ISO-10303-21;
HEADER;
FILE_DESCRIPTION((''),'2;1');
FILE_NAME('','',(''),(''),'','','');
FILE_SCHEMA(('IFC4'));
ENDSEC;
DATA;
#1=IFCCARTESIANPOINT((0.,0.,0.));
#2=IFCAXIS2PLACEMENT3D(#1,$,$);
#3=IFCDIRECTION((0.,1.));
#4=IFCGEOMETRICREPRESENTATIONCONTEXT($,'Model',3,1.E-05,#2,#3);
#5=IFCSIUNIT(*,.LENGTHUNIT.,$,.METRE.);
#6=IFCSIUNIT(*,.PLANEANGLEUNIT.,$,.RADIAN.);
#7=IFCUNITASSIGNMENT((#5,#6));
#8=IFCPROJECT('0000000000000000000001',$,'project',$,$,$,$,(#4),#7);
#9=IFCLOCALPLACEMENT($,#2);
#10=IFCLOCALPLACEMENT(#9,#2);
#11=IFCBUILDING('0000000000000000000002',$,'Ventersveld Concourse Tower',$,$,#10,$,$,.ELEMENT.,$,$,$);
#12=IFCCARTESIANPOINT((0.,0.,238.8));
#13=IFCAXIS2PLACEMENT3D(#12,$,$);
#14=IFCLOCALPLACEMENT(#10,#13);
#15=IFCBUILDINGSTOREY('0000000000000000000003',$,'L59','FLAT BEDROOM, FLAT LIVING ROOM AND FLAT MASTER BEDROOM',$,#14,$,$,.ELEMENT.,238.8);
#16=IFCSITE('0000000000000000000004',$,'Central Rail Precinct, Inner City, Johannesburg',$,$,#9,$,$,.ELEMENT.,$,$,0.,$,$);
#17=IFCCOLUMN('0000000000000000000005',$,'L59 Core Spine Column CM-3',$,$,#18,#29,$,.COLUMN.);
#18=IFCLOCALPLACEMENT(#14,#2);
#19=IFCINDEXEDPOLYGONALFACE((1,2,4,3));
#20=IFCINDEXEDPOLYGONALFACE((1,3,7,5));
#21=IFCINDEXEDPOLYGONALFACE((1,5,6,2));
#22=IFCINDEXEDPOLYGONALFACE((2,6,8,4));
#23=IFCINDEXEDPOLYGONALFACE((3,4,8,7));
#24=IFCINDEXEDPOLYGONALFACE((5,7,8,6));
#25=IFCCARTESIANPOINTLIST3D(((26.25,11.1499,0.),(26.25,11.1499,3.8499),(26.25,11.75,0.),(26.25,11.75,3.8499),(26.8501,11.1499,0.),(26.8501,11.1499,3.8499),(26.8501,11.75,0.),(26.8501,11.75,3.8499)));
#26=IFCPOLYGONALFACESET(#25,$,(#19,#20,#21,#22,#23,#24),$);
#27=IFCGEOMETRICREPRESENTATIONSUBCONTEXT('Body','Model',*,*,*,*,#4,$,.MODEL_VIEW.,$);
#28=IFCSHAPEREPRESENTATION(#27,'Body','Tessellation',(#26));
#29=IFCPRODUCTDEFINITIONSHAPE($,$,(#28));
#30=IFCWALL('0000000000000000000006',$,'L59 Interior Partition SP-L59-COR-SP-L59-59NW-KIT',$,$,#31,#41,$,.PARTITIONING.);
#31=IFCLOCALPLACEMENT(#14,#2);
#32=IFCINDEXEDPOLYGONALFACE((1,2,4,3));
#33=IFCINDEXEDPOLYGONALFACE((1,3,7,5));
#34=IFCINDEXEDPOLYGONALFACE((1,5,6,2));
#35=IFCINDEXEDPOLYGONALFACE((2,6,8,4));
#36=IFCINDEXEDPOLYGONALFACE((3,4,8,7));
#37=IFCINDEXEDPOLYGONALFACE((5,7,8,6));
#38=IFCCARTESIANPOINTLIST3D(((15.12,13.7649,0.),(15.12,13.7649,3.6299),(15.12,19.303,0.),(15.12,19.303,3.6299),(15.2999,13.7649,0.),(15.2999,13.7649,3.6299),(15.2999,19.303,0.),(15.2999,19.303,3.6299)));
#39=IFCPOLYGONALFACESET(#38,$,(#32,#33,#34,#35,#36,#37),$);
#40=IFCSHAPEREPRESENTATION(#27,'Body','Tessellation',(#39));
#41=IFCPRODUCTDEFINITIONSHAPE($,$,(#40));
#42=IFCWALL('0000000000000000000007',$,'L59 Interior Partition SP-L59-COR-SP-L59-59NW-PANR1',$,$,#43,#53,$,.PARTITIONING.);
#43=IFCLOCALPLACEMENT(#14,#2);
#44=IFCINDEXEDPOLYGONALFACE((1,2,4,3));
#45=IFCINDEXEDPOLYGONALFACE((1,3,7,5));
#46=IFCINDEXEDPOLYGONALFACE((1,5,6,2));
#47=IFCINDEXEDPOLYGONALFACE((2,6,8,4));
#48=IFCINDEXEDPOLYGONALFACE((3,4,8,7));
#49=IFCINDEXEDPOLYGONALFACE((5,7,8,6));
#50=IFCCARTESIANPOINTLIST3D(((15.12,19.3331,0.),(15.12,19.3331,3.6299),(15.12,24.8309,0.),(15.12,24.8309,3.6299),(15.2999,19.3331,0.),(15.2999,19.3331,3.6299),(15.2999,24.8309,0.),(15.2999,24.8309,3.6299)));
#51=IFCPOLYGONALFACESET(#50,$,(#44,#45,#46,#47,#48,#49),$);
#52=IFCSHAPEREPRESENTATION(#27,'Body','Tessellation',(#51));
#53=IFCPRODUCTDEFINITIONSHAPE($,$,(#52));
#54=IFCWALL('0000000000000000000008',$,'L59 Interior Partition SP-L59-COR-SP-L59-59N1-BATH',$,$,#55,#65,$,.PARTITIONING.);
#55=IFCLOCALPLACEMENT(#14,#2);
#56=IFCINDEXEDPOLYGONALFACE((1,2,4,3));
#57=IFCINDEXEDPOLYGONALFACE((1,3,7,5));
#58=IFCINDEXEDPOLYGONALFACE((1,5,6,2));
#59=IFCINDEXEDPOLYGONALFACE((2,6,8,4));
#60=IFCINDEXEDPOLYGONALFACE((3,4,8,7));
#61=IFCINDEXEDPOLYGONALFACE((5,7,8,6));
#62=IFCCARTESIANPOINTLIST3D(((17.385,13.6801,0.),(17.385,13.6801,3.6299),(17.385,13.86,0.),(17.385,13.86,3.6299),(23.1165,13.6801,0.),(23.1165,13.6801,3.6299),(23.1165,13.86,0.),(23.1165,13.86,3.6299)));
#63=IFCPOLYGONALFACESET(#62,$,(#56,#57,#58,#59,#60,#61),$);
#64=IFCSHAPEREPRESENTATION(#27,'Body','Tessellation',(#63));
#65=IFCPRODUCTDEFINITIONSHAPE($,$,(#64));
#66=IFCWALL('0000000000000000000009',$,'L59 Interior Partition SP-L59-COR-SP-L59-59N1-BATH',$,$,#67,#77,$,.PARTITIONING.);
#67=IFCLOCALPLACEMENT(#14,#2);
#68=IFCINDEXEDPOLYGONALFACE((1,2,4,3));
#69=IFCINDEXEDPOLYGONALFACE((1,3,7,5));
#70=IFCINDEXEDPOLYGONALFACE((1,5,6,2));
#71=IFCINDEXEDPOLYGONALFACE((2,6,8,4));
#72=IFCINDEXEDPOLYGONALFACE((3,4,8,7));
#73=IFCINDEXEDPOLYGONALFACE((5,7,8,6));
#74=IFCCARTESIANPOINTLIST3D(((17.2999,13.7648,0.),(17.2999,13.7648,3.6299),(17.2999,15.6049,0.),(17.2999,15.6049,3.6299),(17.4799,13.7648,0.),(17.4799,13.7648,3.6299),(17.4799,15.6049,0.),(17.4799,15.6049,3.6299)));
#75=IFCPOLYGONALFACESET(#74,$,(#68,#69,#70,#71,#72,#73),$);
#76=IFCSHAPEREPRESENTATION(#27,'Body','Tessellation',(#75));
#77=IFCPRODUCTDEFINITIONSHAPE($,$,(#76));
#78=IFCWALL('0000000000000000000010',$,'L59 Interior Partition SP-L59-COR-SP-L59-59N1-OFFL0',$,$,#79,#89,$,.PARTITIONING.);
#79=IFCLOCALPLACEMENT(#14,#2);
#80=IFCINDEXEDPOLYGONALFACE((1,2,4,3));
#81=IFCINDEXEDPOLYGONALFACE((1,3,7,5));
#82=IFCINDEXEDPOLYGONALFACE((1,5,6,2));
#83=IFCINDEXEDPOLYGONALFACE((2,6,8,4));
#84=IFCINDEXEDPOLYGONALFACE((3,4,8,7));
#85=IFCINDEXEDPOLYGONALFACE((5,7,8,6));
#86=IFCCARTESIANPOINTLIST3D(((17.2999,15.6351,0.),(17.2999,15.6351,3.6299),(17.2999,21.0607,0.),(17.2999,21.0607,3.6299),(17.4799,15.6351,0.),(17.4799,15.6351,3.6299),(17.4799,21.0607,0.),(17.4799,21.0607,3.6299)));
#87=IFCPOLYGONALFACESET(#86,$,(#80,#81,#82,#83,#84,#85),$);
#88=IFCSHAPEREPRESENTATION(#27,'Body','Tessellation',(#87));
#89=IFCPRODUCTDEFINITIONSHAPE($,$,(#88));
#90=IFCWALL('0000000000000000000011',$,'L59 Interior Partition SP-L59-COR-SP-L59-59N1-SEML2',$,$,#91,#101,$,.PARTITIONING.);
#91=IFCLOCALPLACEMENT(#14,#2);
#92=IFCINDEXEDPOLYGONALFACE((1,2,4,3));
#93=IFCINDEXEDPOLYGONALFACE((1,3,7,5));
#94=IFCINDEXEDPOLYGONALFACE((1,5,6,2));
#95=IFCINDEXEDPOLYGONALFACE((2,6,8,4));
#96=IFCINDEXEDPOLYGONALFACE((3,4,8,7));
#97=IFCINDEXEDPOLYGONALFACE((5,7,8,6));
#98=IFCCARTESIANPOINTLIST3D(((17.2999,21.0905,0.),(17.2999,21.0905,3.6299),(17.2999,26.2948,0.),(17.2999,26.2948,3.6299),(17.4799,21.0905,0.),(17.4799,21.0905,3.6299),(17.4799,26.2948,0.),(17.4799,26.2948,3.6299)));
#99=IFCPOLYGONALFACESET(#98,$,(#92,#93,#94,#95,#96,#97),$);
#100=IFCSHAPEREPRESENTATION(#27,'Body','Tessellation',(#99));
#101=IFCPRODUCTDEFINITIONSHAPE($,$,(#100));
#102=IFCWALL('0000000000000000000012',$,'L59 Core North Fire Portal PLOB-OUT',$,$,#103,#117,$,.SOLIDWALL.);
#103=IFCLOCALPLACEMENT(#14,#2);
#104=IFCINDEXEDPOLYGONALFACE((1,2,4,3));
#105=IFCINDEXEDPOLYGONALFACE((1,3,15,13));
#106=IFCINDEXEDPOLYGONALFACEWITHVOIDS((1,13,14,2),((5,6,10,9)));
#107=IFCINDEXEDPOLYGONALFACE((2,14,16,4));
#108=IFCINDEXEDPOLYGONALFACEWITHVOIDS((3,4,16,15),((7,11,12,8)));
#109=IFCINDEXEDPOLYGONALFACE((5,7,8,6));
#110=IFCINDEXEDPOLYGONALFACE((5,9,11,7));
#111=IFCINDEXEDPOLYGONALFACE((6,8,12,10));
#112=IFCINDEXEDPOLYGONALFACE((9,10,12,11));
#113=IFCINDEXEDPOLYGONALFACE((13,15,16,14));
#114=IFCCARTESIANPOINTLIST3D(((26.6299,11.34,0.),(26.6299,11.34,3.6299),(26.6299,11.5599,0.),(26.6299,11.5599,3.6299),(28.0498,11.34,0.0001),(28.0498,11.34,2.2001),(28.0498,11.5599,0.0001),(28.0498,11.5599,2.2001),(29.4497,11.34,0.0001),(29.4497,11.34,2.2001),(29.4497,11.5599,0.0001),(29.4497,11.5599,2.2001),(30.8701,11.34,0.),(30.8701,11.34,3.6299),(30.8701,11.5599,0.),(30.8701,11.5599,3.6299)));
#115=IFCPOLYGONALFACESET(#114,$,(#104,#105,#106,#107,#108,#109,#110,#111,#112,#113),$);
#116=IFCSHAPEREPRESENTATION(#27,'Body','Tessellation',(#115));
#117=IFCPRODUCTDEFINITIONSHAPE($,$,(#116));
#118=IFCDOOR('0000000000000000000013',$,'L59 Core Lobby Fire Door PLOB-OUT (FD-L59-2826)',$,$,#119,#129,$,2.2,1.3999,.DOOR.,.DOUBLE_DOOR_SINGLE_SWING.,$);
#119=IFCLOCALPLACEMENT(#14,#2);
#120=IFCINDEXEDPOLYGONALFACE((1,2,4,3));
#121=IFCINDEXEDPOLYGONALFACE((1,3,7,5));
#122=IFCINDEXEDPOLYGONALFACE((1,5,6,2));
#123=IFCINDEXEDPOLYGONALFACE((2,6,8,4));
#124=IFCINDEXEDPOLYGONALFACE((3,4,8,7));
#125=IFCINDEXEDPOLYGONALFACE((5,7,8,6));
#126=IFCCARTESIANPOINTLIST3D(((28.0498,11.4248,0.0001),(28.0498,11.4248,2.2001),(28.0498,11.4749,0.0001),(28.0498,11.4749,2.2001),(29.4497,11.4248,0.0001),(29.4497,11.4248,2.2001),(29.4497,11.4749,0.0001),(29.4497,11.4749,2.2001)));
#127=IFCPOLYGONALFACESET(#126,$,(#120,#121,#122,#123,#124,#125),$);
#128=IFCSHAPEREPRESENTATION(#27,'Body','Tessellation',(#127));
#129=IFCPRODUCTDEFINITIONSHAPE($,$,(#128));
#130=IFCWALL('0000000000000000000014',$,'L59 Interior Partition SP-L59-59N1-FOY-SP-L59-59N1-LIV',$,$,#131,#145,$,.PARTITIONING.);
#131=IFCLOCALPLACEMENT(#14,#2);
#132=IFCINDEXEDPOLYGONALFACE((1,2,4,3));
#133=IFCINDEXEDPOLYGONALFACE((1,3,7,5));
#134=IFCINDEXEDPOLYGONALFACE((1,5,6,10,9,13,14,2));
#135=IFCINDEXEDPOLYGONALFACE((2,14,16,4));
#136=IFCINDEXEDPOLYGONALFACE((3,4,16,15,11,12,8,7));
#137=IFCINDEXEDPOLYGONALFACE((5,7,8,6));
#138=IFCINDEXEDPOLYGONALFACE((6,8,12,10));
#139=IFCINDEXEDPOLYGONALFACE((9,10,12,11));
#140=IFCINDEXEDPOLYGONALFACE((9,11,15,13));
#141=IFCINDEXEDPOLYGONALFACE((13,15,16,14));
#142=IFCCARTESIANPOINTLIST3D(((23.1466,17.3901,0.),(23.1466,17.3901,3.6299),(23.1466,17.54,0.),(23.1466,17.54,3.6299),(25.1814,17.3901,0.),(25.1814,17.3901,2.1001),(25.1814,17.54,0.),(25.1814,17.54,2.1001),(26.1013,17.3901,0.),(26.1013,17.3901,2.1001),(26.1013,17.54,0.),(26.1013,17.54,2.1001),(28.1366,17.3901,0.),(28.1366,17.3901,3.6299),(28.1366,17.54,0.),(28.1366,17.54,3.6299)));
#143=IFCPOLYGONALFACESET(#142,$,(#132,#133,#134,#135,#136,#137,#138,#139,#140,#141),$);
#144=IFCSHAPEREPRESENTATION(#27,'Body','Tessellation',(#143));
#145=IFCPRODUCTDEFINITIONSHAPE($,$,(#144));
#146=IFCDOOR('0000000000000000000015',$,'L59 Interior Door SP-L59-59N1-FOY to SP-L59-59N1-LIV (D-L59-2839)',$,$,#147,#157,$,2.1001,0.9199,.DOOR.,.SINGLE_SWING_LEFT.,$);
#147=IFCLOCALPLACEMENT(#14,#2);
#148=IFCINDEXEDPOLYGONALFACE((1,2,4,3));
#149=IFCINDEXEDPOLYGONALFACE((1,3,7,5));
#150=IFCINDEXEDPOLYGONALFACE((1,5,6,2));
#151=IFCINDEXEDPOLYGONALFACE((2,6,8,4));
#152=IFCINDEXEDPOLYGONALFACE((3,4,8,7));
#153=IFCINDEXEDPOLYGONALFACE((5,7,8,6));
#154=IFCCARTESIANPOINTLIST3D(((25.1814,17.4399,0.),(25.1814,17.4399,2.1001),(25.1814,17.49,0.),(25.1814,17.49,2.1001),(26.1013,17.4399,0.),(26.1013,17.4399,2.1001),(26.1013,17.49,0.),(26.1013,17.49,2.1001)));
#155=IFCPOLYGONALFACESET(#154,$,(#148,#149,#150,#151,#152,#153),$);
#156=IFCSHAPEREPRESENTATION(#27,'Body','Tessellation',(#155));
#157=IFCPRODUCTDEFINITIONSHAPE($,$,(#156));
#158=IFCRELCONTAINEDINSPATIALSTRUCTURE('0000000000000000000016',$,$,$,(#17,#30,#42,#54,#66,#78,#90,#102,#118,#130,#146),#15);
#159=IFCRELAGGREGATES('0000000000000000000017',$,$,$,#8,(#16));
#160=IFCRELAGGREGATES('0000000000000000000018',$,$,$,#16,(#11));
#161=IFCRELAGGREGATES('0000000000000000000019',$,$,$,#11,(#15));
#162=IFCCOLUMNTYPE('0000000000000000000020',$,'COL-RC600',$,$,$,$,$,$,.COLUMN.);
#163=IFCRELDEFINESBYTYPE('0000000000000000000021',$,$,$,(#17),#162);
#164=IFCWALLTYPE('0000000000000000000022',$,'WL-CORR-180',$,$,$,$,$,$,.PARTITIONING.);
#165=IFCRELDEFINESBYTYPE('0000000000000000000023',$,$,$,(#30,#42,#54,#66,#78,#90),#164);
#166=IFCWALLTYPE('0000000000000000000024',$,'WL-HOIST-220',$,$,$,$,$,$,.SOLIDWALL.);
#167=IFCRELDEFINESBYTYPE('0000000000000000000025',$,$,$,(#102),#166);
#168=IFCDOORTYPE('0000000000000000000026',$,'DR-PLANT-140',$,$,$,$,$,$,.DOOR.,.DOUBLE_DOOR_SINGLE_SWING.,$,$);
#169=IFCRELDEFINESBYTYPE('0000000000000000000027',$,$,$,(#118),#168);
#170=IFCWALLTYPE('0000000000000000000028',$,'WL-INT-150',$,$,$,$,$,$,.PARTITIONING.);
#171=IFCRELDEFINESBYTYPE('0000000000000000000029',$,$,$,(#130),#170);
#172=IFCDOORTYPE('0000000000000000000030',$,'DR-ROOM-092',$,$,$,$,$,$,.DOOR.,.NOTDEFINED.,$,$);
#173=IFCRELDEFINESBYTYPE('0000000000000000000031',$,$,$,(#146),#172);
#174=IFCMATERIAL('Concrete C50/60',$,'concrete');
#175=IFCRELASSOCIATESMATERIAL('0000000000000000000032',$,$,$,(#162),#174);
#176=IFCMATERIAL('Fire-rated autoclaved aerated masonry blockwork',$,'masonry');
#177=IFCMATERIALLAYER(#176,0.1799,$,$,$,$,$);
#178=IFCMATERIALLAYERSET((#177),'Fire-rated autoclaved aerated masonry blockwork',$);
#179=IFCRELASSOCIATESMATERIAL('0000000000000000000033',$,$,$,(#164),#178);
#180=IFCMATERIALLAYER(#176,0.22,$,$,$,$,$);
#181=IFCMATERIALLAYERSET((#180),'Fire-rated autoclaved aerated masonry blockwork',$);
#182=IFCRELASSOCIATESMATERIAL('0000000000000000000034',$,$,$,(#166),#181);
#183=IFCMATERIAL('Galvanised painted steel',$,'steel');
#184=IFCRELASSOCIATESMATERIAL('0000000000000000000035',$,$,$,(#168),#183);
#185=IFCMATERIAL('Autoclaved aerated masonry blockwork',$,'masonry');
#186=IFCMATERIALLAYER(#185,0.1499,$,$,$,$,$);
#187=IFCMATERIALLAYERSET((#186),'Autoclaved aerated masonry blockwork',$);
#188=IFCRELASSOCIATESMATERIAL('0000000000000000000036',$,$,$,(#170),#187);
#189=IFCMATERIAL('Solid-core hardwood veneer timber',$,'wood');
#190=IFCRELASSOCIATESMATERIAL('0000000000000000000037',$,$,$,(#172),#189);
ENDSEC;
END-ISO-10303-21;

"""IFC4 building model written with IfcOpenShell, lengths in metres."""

from ifc_helpers import new_model, si_unit, direction, frame, frame_2d, origin, origin_2d, place, context, subcontext, project, spatial, rectangle, extrude, material, layer, layer_set, material_profile, profile_set, type_object, element, fill, save


model = new_model("IFC4")

# Units and contexts
model_context = context("Model", 3, precision=1e-05, world=origin(), true_north=direction((0.0, 1.0)))
body_context = subcontext(model_context, "Body", "Model", "MODEL_VIEW")
ifc_project = project(units=[si_unit("LENGTHUNIT", "METRE"), si_unit("PLANEANGLEUNIT", "RADIAN")], contexts=[model_context])

# Site, building, storey
site_placement = place(None, origin())
site = spatial("IfcSite", under=ifc_project, at=site_placement, Name="Central Rail Precinct, Inner City, Johannesburg", CompositionType="ELEMENT", RefElevation=0.0)
building_placement = place(site_placement, origin())
building = spatial("IfcBuilding", under=site, at=building_placement, Name="Ventersveld Concourse Tower", CompositionType="ELEMENT")
storey_placement = place(building_placement, frame((0.0, 0.0, 238.8)))
storey = spatial("IfcBuildingStorey", under=building, at=storey_placement, Name="L59", Description="FLAT BEDROOM, FLAT LIVING ROOM AND FLAT MASTER BEDROOM", CompositionType="ELEMENT", Elevation=238.8)

# Column
ifc_material_1 = material(Name="Concrete C50/60", Category="concrete")
ifc_material_profile = material_profile(ifc_material_1, rectangle(XDim=0.6001, YDim=0.6001, at=origin_2d()), Name="RC 600x600")
ifc_profile_set = profile_set([ifc_material_profile], Name="Concrete C50/60")
column_type = type_object("IfcColumnType", Name="COL-RC600", PredefinedType="COLUMN", material=ifc_profile_set)
column_placement = place(storey_placement, frame((26.55, 11.45, 0.0), z_axis=(0.0, 0.0, 1.0), x_axis=(1.0, 0.0, 0.0)))
element("IfcColumn", 1, at=column_placement, inside=storey, type_object=column_type, Name="L59 Core Spine Column CM-3", PredefinedType="COLUMN", context=body_context, shape_type="SweptSolid", body=[
    extrude(rectangle(XDim=0.6001, YDim=0.6001, at=origin_2d()), origin(), (0.0, 0.0, 1.0), 3.8499),
])

# Walls
ifc_material_2 = material(Name="Fire-rated autoclaved aerated masonry blockwork", Category="masonry")
ifc_layer_1 = layer(ifc_material_2, 0.1799)
ifc_layer_set_1 = layer_set([ifc_layer_1], Name="Fire-rated autoclaved aerated masonry blockwork")
wall_type_1 = type_object("IfcWallType", Name="WL-CORR-180", PredefinedType="PARTITIONING", material=ifc_layer_set_1)
wall_1_placement = place(storey_placement, frame((15.21, 13.7649, 0.0), z_axis=(0.0, 0.0, 1.0), x_axis=(0.0, 1.0, 0.0)))
element("IfcWall", 2, at=wall_1_placement, inside=storey, type_object=wall_type_1, Name="L59 Interior Partition SP-L59-COR-SP-L59-59NW-KIT", PredefinedType="PARTITIONING", context=body_context, shape_type="SweptSolid", body=[
    extrude(rectangle(XDim=5.5381, YDim=0.1799, at=frame_2d((2.769, 0.0))), origin(), (0.0, 0.0, 1.0), 3.6299),
])
wall_2_placement = place(storey_placement, frame((15.21, 19.333, 0.0), z_axis=(0.0, 0.0, 1.0), x_axis=(0.0, 1.0, 0.0)))
element("IfcWall", 3, at=wall_2_placement, inside=storey, type_object=wall_type_1, Name="L59 Interior Partition SP-L59-COR-SP-L59-59NW-PANR1", PredefinedType="PARTITIONING", context=body_context, shape_type="SweptSolid", body=[
    extrude(rectangle(XDim=5.4978, YDim=0.1799, at=frame_2d((2.749, 0.0))), origin(), (0.0, 0.0, 1.0), 3.6299),
])

# Shared definitions
ifc_material_3 = material(Name="Solid-core hardwood veneer timber", Category="wood")

# Walls
wall_3_placement = place(storey_placement, frame((17.385, 13.77, 0.0), z_axis=(0.0, 0.0, 1.0), x_axis=(1.0, 0.0, 0.0)))
element("IfcWall", 4, at=wall_3_placement, inside=storey, type_object=wall_type_1, Name="L59 Interior Partition SP-L59-COR-SP-L59-59N1-BATH", PredefinedType="PARTITIONING", context=body_context, shape_type="SweptSolid", body=[
    extrude(rectangle(XDim=5.7314, YDim=0.1799, at=frame_2d((2.8657, 0.0))), origin(), (0.0, 0.0, 1.0), 3.6299),
])
wall_4_placement = place(storey_placement, frame((17.3899, 13.7649, 0.0), z_axis=(0.0, 0.0, 1.0), x_axis=(0.0, 1.0, 0.0)))
element("IfcWall", 5, at=wall_4_placement, inside=storey, type_object=wall_type_1, Name="L59 Interior Partition SP-L59-COR-SP-L59-59N1-BATH", PredefinedType="PARTITIONING", context=body_context, shape_type="SweptSolid", body=[
    extrude(rectangle(XDim=1.8401, YDim=0.1799, at=frame_2d((0.9199, 0.0))), origin(), (0.0, 0.0, 1.0), 3.6299),
])
wall_5_placement = place(storey_placement, frame((17.3899, 15.635, 0.0), z_axis=(0.0, 0.0, 1.0), x_axis=(0.0, 1.0, 0.0)))
element("IfcWall", 6, at=wall_5_placement, inside=storey, type_object=wall_type_1, Name="L59 Interior Partition SP-L59-COR-SP-L59-59N1-OFFL0", PredefinedType="PARTITIONING", context=body_context, shape_type="SweptSolid", body=[
    extrude(rectangle(XDim=5.4255, YDim=0.1799, at=frame_2d((2.7129, 0.0))), origin(), (0.0, 0.0, 1.0), 3.6299),
])
wall_6_placement = place(storey_placement, frame((17.3899, 21.0906, 0.0), z_axis=(0.0, 0.0, 1.0), x_axis=(0.0, 1.0, 0.0)))
element("IfcWall", 7, at=wall_6_placement, inside=storey, type_object=wall_type_1, Name="L59 Interior Partition SP-L59-COR-SP-L59-59N1-SEML2", PredefinedType="PARTITIONING", context=body_context, shape_type="SweptSolid", body=[
    extrude(rectangle(XDim=5.2043, YDim=0.1799, at=frame_2d((2.6021, 0.0))), origin(), (0.0, 0.0, 1.0), 3.6299),
])

# Walls, openings, doors
ifc_layer_2 = layer(ifc_material_2, 0.22)
ifc_layer_set_2 = layer_set([ifc_layer_2], Name="Fire-rated autoclaved aerated masonry blockwork")
wall_type_2 = type_object("IfcWallType", Name="WL-HOIST-220", PredefinedType="SOLIDWALL", material=ifc_layer_set_2)
wall_7_placement = place(storey_placement, frame((26.6299, 11.45, 0.0), z_axis=(0.0, 0.0, 1.0), x_axis=(1.0, 0.0, 0.0)))
wall_7 = element("IfcWall", 8, at=wall_7_placement, inside=storey, type_object=wall_type_2, Name="L59 Core North Fire Portal PLOB-OUT", PredefinedType="SOLIDWALL", context=body_context, shape_type="SweptSolid", body=[
    extrude(rectangle(XDim=4.2402, YDim=0.22, at=frame_2d((2.1201, 0.0))), origin(), (0.0, 0.0, 1.0), 3.6299),
])
opening_1_placement = place(wall_7_placement, frame((1.4199, 0.0, 0.0)))
opening_1 = element("IfcOpeningElement", 9, at=opening_1_placement, cuts=wall_7, PredefinedType="OPENING", context=body_context, shape_type="SweptSolid", body=[
    extrude(rectangle(XDim=1.3999, YDim=2.2, at=frame_2d((0.7, 1.1001))), frame((0.0, 0.1201, 0.0), z_axis=(0.0, -1.0, 0.0), x_axis=(1.0, 0.0, 0.0)), (0.0, 0.0, 1.0), 0.24),
])
ifc_material_4 = material(Name="Galvanised painted steel", Category="steel")
door_type_1 = type_object("IfcDoorType", Name="DR-PLANT-140", OperationType="DOUBLE_DOOR_SINGLE_SWING", PredefinedType="DOOR", material=ifc_material_4)
door_1_placement = place(opening_1_placement, origin())
door_1 = element("IfcDoor", 10, at=door_1_placement, inside=storey, type_object=door_type_1, Name="L59 Core Lobby Fire Door PLOB-OUT (FD-L59-2826)", OperationType="DOUBLE_DOOR_SINGLE_SWING", OverallHeight=2.2, OverallWidth=1.3999, PredefinedType="DOOR", context=body_context, shape_type="SweptSolid", body=[
    extrude(rectangle(XDim=1.3999, YDim=2.2, at=frame_2d((0.7, 1.1001))), frame((0.0, 0.0249, 0.0), z_axis=(0.0, -1.0, 0.0), x_axis=(1.0, 0.0, 0.0)), (0.0, 0.0, 1.0), 0.05),
])
fill(opening_1, door_1)
ifc_material_5 = material(Name="Autoclaved aerated masonry blockwork", Category="masonry")
ifc_layer_3 = layer(ifc_material_5, 0.1499)
ifc_layer_set_3 = layer_set([ifc_layer_3], Name="Autoclaved aerated masonry blockwork")
wall_type_3 = type_object("IfcWallType", Name="WL-INT-150", PredefinedType="PARTITIONING", material=ifc_layer_set_3)
wall_8_placement = place(storey_placement, frame((23.1465, 17.4651, 0.0), z_axis=(0.0, 0.0, 1.0), x_axis=(1.0, 0.0, 0.0)))
wall_8 = element("IfcWall", 11, at=wall_8_placement, inside=storey, type_object=wall_type_3, Name="L59 Interior Partition SP-L59-59N1-FOY-SP-L59-59N1-LIV", PredefinedType="PARTITIONING", context=body_context, shape_type="SweptSolid", body=[
    extrude(rectangle(XDim=4.99, YDim=0.1499, at=frame_2d((2.4951, 0.0))), origin(), (0.0, 0.0, 1.0), 3.6299),
])
opening_2_placement = place(wall_8_placement, frame((2.0349, 0.0, 0.0)))
opening_2 = element("IfcOpeningElement", 12, at=opening_2_placement, cuts=wall_8, PredefinedType="OPENING", context=body_context, shape_type="SweptSolid", body=[
    extrude(rectangle(XDim=0.9199, YDim=2.1001, at=frame_2d((0.46, 1.05))), frame((0.0, 0.085, 0.0), z_axis=(0.0, -1.0, 0.0), x_axis=(1.0, 0.0, 0.0)), (0.0, 0.0, 1.0), 0.1699),
])
door_type_2 = type_object("IfcDoorType", Name="DR-ROOM-092", OperationType="NOTDEFINED", PredefinedType="DOOR", material=ifc_material_3)
door_2_placement = place(opening_2_placement, origin())
door_2 = element("IfcDoor", 13, at=door_2_placement, inside=storey, type_object=door_type_2, Name="L59 Interior Door SP-L59-59N1-FOY to SP-L59-59N1-LIV (D-L59-2839)", OperationType="SINGLE_SWING_LEFT", OverallHeight=2.1001, OverallWidth=0.9199, PredefinedType="DOOR", context=body_context, shape_type="SweptSolid", body=[
    extrude(rectangle(XDim=0.9199, YDim=2.1001, at=frame_2d((0.46, 1.05))), frame((0.0, 0.0249, 0.0), z_axis=(0.0, -1.0, 0.0), x_axis=(1.0, 0.0, 0.0)), (0.0, 0.0, 1.0), 0.05),
])
fill(opening_2, door_2)

save(model, "model.ifc")
